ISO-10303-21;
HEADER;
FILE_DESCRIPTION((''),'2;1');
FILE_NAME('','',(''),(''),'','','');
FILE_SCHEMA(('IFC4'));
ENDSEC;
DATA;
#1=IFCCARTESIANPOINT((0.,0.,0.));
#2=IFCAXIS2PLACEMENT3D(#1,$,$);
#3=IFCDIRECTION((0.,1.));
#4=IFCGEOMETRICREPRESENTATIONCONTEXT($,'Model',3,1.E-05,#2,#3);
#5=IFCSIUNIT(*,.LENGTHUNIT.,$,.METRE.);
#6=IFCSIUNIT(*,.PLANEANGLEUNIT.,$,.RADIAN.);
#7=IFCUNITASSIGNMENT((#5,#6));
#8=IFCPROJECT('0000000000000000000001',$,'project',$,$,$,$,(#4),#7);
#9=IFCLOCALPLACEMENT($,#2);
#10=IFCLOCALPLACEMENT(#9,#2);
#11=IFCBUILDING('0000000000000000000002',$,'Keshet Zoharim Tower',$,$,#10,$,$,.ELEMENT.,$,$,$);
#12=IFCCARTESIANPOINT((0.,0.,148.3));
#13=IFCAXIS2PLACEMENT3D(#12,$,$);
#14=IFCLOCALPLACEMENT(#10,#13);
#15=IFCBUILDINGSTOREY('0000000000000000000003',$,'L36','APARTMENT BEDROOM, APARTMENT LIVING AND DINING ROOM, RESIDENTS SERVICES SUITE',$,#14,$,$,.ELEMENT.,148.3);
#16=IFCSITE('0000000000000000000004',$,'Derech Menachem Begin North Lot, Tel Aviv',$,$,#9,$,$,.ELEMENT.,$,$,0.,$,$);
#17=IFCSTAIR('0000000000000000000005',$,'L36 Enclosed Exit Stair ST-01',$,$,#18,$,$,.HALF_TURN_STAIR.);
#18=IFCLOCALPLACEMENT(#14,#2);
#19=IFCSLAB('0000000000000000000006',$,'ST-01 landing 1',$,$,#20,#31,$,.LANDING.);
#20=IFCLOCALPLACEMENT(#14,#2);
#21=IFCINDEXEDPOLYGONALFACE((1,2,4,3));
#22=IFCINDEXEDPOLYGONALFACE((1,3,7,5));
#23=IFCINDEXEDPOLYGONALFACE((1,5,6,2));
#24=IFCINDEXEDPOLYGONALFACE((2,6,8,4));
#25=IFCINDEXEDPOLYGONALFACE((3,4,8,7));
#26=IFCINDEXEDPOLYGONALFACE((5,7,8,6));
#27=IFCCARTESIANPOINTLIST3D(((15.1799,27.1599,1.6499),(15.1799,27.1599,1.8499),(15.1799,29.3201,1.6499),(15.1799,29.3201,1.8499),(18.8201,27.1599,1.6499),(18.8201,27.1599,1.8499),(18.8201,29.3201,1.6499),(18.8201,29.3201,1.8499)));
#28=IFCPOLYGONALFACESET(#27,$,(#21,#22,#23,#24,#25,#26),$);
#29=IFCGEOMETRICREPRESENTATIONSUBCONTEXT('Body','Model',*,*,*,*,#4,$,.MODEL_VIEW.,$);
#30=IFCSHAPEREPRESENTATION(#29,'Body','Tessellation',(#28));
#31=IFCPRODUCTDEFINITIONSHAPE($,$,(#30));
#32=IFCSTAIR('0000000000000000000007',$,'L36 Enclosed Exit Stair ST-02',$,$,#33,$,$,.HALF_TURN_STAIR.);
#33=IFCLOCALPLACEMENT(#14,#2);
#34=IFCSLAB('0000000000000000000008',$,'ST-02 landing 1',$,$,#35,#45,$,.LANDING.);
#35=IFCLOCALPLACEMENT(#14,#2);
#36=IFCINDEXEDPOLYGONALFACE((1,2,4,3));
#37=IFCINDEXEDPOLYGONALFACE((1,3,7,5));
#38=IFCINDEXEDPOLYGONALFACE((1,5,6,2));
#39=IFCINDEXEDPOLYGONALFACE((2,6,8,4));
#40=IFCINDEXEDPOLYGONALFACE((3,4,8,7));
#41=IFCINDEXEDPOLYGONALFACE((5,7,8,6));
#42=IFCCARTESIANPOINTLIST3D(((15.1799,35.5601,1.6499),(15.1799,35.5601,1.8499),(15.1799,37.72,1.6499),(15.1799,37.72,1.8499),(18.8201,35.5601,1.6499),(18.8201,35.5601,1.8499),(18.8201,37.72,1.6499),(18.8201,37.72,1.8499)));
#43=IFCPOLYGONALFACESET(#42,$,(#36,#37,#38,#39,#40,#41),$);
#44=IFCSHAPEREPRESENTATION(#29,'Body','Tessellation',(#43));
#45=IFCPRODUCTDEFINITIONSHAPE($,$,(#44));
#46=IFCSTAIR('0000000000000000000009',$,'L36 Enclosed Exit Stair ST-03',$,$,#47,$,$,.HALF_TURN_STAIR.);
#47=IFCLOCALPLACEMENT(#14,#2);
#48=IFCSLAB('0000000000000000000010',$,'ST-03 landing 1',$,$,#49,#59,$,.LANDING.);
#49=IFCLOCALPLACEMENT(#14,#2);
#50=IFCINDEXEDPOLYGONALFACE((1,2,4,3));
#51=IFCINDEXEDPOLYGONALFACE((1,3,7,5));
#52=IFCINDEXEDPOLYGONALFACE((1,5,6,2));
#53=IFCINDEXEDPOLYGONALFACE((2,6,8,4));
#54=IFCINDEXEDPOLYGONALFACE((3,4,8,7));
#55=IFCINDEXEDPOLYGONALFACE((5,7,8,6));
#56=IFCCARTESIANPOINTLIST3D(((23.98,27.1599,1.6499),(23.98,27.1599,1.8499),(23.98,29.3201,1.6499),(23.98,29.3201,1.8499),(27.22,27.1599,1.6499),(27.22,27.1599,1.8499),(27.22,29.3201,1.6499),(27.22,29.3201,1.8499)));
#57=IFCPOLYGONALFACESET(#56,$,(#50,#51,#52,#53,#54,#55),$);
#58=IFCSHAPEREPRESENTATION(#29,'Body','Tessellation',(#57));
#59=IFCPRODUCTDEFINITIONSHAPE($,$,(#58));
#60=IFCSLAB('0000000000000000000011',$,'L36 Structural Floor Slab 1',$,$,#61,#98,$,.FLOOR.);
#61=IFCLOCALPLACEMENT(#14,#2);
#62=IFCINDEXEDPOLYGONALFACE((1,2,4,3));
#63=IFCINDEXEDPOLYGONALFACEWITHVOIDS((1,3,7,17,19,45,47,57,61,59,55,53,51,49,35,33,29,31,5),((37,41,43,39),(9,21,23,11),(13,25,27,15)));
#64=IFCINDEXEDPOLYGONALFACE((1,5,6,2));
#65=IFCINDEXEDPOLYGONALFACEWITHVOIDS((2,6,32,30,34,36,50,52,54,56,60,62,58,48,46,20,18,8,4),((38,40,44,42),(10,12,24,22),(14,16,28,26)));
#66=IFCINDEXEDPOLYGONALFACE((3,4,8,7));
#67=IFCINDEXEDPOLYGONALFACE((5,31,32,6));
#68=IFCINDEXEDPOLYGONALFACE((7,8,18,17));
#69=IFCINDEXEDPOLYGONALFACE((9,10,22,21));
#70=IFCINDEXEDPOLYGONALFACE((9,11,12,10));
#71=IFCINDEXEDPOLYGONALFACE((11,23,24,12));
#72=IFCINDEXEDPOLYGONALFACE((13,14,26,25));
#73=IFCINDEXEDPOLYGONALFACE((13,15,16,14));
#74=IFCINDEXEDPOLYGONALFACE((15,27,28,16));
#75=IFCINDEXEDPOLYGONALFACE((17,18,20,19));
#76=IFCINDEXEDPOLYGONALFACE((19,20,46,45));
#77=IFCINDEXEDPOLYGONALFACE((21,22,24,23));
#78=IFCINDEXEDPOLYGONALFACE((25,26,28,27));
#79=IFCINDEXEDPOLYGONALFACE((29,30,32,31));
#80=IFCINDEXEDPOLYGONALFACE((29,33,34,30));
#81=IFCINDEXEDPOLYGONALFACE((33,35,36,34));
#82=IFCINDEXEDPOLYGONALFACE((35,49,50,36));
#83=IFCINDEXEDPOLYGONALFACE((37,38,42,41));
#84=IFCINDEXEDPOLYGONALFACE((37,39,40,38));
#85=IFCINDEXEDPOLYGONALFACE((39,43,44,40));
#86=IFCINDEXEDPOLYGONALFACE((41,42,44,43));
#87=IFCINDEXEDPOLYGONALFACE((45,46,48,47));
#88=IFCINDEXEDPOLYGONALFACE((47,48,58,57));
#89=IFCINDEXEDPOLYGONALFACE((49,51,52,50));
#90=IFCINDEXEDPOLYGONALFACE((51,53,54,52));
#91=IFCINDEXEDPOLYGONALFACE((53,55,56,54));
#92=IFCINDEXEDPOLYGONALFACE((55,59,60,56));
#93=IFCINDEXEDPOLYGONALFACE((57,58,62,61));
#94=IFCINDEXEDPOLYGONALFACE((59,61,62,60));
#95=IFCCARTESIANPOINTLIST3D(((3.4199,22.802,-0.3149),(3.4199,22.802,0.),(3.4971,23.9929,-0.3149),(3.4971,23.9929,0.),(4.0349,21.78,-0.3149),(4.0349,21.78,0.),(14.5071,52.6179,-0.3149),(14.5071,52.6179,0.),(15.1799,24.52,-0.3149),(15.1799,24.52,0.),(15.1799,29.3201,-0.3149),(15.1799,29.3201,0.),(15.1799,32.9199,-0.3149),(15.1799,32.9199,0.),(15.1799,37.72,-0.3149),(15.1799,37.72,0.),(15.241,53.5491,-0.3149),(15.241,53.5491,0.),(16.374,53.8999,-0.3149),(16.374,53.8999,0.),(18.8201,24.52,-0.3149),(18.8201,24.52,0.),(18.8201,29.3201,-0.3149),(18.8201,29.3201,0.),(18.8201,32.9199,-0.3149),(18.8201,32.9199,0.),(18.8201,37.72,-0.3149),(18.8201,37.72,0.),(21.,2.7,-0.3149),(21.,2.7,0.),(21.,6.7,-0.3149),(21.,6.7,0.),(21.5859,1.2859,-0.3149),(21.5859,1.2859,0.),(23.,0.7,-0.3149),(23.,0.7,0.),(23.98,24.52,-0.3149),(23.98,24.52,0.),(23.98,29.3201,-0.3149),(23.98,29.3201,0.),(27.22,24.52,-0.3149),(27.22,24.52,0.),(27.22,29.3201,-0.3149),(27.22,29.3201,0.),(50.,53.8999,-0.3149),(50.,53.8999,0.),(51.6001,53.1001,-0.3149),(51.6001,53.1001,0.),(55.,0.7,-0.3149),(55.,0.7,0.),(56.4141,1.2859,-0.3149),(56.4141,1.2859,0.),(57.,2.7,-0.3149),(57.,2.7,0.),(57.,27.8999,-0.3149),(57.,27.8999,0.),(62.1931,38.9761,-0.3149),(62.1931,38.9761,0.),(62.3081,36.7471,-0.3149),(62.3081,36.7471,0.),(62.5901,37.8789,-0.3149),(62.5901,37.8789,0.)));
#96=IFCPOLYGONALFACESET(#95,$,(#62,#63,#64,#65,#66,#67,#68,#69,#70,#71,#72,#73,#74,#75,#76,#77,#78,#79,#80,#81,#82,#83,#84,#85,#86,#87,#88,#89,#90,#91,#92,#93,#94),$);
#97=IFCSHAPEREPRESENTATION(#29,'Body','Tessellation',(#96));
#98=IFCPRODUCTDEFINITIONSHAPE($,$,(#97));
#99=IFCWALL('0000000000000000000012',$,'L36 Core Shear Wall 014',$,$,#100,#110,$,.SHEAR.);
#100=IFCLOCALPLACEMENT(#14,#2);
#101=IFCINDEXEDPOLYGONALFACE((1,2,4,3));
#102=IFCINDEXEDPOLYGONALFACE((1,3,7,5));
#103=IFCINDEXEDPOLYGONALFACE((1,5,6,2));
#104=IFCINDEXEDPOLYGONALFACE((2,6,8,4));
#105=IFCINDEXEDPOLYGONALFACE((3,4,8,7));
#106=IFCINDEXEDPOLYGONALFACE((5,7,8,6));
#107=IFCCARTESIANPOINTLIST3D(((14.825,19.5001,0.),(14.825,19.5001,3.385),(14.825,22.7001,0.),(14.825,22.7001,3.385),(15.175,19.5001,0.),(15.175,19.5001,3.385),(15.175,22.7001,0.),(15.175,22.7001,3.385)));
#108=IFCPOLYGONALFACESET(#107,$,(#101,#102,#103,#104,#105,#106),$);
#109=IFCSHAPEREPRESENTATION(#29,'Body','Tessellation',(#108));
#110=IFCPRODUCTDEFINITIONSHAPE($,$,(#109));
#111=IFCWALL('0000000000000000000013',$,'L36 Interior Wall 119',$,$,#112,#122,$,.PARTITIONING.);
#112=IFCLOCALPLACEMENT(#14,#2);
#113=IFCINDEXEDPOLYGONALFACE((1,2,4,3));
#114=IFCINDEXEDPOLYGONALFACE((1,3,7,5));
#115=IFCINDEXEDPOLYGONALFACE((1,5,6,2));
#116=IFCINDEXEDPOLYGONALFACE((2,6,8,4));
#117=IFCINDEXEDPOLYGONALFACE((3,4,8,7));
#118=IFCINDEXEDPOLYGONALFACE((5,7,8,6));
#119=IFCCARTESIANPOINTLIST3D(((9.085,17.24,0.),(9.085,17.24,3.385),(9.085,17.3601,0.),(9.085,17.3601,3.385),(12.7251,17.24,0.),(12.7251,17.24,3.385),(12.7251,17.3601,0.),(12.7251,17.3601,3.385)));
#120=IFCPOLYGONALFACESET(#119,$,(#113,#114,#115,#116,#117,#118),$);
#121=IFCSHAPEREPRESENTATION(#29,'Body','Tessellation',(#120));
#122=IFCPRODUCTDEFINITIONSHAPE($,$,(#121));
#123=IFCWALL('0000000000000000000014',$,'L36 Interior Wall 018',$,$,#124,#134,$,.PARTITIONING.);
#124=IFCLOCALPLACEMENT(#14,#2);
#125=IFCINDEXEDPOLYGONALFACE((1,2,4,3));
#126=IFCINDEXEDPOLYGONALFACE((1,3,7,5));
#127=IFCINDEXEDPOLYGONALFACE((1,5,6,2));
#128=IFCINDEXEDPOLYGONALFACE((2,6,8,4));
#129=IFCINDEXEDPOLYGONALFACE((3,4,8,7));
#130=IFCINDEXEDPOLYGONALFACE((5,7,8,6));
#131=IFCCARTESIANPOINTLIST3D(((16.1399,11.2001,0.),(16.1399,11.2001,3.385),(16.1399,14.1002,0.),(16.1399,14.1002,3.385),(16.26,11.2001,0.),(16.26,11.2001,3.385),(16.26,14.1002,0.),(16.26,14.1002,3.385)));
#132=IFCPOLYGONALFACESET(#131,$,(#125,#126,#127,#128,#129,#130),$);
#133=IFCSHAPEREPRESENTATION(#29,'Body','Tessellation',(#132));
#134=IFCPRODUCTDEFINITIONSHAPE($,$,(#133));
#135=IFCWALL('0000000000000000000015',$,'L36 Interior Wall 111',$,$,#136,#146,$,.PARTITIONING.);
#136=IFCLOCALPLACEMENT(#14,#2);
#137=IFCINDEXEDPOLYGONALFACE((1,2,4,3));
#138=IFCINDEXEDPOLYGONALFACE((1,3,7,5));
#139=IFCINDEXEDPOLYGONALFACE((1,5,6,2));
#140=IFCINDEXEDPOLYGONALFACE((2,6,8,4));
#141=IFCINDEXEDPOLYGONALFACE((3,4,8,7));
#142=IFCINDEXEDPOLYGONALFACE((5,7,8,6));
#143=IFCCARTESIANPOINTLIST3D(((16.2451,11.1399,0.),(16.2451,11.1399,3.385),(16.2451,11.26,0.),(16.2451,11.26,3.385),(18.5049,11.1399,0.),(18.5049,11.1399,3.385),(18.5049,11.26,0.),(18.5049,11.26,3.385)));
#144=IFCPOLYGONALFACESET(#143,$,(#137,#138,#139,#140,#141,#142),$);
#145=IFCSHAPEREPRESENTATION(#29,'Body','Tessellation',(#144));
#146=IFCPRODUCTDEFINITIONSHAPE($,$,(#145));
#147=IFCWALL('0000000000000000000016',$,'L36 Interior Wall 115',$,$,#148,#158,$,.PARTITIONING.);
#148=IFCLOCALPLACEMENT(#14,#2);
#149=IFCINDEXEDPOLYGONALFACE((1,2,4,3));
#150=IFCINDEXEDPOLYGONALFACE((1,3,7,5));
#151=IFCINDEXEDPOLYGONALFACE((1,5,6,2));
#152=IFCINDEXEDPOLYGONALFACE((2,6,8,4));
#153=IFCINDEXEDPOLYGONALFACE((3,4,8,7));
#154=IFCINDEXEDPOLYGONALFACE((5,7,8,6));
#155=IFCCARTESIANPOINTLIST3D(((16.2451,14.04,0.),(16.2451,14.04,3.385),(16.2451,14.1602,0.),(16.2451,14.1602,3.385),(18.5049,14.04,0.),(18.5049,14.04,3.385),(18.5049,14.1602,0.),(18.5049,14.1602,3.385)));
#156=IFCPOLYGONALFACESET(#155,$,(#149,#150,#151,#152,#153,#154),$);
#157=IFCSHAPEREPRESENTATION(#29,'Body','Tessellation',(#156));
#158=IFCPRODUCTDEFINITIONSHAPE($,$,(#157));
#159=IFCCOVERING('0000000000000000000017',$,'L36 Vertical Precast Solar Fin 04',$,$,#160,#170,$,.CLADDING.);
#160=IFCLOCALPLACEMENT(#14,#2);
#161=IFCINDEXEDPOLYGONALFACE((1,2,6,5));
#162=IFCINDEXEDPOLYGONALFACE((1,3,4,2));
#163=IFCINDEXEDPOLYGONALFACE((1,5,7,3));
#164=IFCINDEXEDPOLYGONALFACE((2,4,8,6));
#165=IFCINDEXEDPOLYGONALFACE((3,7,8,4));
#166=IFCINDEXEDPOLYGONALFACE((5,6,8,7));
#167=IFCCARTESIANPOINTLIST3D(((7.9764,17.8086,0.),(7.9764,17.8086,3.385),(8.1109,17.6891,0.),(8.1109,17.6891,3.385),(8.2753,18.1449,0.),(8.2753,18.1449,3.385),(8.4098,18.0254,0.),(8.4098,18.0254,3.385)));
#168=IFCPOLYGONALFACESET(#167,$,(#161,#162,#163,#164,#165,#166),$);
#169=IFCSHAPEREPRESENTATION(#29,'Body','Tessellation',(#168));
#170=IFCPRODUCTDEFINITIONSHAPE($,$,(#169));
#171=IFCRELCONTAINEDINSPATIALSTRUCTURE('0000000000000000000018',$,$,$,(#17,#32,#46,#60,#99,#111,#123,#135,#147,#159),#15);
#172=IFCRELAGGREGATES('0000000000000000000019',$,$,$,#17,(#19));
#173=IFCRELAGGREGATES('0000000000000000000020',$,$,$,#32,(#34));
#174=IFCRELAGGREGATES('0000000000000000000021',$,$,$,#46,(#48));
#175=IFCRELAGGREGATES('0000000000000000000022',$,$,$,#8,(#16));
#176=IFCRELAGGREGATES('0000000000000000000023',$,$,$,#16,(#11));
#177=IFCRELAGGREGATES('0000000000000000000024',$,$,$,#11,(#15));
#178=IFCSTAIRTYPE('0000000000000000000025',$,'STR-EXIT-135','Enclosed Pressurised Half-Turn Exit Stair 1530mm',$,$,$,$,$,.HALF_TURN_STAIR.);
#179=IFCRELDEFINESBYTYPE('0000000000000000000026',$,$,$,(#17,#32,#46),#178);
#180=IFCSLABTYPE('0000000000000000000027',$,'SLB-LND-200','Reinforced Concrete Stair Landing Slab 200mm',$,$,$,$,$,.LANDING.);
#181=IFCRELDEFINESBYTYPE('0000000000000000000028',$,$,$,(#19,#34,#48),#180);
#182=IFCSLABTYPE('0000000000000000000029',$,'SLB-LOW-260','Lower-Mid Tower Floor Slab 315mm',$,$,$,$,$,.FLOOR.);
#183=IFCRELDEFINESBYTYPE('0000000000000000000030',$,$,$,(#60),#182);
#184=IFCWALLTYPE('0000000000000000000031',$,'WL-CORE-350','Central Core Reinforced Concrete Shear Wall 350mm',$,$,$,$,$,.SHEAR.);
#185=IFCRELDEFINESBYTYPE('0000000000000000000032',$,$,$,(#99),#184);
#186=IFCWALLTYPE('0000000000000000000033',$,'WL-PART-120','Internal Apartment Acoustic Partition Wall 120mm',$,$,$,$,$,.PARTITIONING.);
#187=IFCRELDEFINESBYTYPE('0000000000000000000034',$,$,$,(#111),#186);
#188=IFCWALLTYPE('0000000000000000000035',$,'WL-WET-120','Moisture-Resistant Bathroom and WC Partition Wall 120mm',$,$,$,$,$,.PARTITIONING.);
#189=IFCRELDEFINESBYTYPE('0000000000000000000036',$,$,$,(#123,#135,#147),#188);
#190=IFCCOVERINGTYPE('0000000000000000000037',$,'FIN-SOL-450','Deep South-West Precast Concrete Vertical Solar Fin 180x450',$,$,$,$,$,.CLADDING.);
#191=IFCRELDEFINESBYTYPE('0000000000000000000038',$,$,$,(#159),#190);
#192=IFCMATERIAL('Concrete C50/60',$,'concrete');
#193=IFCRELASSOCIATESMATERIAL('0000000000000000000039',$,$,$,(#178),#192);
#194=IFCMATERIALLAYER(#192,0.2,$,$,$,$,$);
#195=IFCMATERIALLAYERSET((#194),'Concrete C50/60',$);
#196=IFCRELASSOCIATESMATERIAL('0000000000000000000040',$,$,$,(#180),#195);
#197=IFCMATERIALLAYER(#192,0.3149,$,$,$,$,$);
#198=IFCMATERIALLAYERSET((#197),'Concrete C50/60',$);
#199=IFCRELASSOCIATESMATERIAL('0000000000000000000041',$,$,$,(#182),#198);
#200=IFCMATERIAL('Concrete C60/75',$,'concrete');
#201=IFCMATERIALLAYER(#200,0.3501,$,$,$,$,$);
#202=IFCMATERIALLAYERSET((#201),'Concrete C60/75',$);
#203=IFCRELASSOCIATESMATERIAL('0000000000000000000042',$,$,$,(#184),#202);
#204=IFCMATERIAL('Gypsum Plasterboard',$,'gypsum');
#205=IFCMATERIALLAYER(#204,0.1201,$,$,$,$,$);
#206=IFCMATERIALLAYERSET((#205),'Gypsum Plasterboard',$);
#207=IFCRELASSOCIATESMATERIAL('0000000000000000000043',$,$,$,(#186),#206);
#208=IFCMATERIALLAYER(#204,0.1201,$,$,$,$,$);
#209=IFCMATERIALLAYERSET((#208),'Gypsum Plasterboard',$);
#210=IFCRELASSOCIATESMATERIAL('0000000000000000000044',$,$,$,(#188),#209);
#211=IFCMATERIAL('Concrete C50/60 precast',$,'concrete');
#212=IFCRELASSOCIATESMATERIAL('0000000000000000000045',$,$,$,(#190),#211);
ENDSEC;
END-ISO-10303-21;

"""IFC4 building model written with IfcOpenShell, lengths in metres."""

from ifc_helpers import new_model, si_unit, direction, frame, frame_2d, origin, origin_2d, place, context, subcontext, project, spatial, polyline, rectangle, outline, extrude, material, layer, layer_set, type_object, element, aggregate, save


model = new_model("IFC4")

# Units and contexts
model_context = context("Model", 3, precision=1e-05, world=origin(), true_north=direction((0.0, 1.0)))
body_context = subcontext(model_context, "Body", "Model", "MODEL_VIEW")
ifc_project = project(units=[si_unit("LENGTHUNIT", "METRE"), si_unit("PLANEANGLEUNIT", "RADIAN")], contexts=[model_context])

# Site, building, storey
site_placement = place(None, origin())
site = spatial("IfcSite", under=ifc_project, at=site_placement, Name="Derech Menachem Begin North Lot, Tel Aviv", CompositionType="ELEMENT", RefElevation=0.0)
building_placement = place(site_placement, origin())
building = spatial("IfcBuilding", under=site, at=building_placement, Name="Keshet Zoharim Tower", CompositionType="ELEMENT")
storey_placement = place(building_placement, frame((0.0, 0.0, 148.3)))
storey = spatial("IfcBuildingStorey", under=building, at=storey_placement, Name="L36", Description="APARTMENT BEDROOM, APARTMENT LIVING AND DINING ROOM, RESIDENTS SERVICES SUITE", CompositionType="ELEMENT", Elevation=148.3)

# Shared definitions
ifc_material_1 = material(Name="Concrete C60/75", Category="concrete")

# Stairs, slabs
ifc_material_2 = material(Name="Concrete C50/60", Category="concrete")
stair_type = type_object("IfcStairType", Name="STR-EXIT-135", Description="Enclosed Pressurised Half-Turn Exit Stair 1530mm", PredefinedType="HALF_TURN_STAIR", material=ifc_material_2)
stair_1_placement = place(storey_placement, origin())
stair_1 = element("IfcStair", 1, at=stair_1_placement, inside=storey, type_object=stair_type, Name="L36 Enclosed Exit Stair ST-01", PredefinedType="HALF_TURN_STAIR")
ifc_layer_1 = layer(ifc_material_2, 0.2)
ifc_layer_set_1 = layer_set([ifc_layer_1], Name="Concrete C50/60")
slab_type_1 = type_object("IfcSlabType", Name="SLB-LND-200", Description="Reinforced Concrete Stair Landing Slab 200mm", PredefinedType="LANDING", material=ifc_layer_set_1)
slab_1_placement = place(storey_placement, frame((0.0, 0.0, 1.6499)))
slab_1 = element("IfcSlab", 2, at=slab_1_placement, type_object=slab_type_1, Name="ST-01 landing 1", PredefinedType="LANDING", context=body_context, shape_type="SweptSolid", body=[
    extrude(outline(polyline([(15.1799, 27.1599), (18.8201, 27.1599), (18.8201, 29.3201), (15.1799, 29.3201), (15.1799, 27.1599)])), origin(), (0.0, 0.0, 1.0), 0.2),
])
aggregate(stair_1, [slab_1])
stair_2_placement = place(storey_placement, origin())
stair_2 = element("IfcStair", 3, at=stair_2_placement, inside=storey, type_object=stair_type, Name="L36 Enclosed Exit Stair ST-02", PredefinedType="HALF_TURN_STAIR")
slab_2_placement = place(storey_placement, frame((0.0, 0.0, 1.6499)))
slab_2 = element("IfcSlab", 4, at=slab_2_placement, type_object=slab_type_1, Name="ST-02 landing 1", PredefinedType="LANDING", context=body_context, shape_type="SweptSolid", body=[
    extrude(outline(polyline([(15.1799, 35.5601), (18.8201, 35.5601), (18.8201, 37.72), (15.1799, 37.72), (15.1799, 35.5601)])), origin(), (0.0, 0.0, 1.0), 0.2),
])
aggregate(stair_2, [slab_2])
stair_3_placement = place(storey_placement, origin())
stair_3 = element("IfcStair", 5, at=stair_3_placement, inside=storey, type_object=stair_type, Name="L36 Enclosed Exit Stair ST-03", PredefinedType="HALF_TURN_STAIR")
slab_3_placement = place(storey_placement, frame((0.0, 0.0, 1.6499)))
slab_3 = element("IfcSlab", 6, at=slab_3_placement, type_object=slab_type_1, Name="ST-03 landing 1", PredefinedType="LANDING", context=body_context, shape_type="SweptSolid", body=[
    extrude(outline(polyline([(23.98, 27.1599), (27.22, 27.1599), (27.22, 29.3201), (23.98, 29.3201), (23.98, 27.1599)])), origin(), (0.0, 0.0, 1.0), 0.2),
])
aggregate(stair_3, [slab_3])

# Slab
ifc_layer_2 = layer(ifc_material_2, 0.3149)
ifc_layer_set_2 = layer_set([ifc_layer_2], Name="Concrete C50/60")
slab_type_2 = type_object("IfcSlabType", Name="SLB-LOW-260", Description="Lower-Mid Tower Floor Slab 315mm", PredefinedType="FLOOR", material=ifc_layer_set_2)
slab_4_placement = place(storey_placement, frame((0.0, 0.0, -0.3149)))
element("IfcSlab", 7, at=slab_4_placement, inside=storey, type_object=slab_type_2, Name="L36 Structural Floor Slab 1", PredefinedType="FLOOR", context=body_context, shape_type="SweptSolid", body=[
    extrude(outline(polyline([(57.0, 2.7), (56.4141, 1.2859), (55.0, 0.7), (23.0, 0.7), (21.5859, 1.2859), (21.0, 2.7), (21.0, 6.7), (4.0349, 21.78), (3.4199, 22.802), (3.4971, 23.9929), (14.5071, 52.6179), (15.241, 53.5491), (16.374, 53.8999), (50.0, 53.8999), (51.6001, 53.1001), (62.1931, 38.9761), (62.5901, 37.8789), (62.3081, 36.7471), (57.0, 27.8999), (57.0, 2.7)]), holes=[polyline([(15.1799, 24.52), (18.8201, 24.52), (18.8201, 29.3201), (15.1799, 29.3201), (15.1799, 24.52)]), polyline([(15.1799, 32.9199), (18.8201, 32.9199), (18.8201, 37.72), (15.1799, 37.72), (15.1799, 32.9199)]), polyline([(23.98, 24.52), (27.22, 24.52), (27.22, 29.3201), (23.98, 29.3201), (23.98, 24.52)])]), origin(), (0.0, 0.0, 1.0), 0.3149),
])

# Wall
ifc_layer_3 = layer(ifc_material_1, 0.3501)
ifc_layer_set_3 = layer_set([ifc_layer_3], Name="Concrete C60/75")
wall_type_1 = type_object("IfcWallType", Name="WL-CORE-350", Description="Central Core Reinforced Concrete Shear Wall 350mm", PredefinedType="SHEAR", material=ifc_layer_set_3)
wall_1_placement = place(storey_placement, frame((15.0, 19.5, 0.0), z_axis=(0.0, 0.0, 1.0), x_axis=(0.0, 1.0, 0.0)))
element("IfcWall", 8, at=wall_1_placement, inside=storey, type_object=wall_type_1, Name="L36 Core Shear Wall 014", PredefinedType="SHEAR", context=body_context, shape_type="SweptSolid", body=[
    extrude(rectangle(XDim=3.2, YDim=0.3501, at=frame_2d((1.6001, 0.0))), origin(), (0.0, 0.0, 1.0), 3.385),
])

# Shared definitions
ifc_material_3 = material(Name="Gypsum Plasterboard", Category="gypsum")
ifc_layer_4 = layer(ifc_material_3, 0.1201)
ifc_layer_set_4 = layer_set([ifc_layer_4], Name="Gypsum Plasterboard")
wall_type_2 = type_object("IfcWallType", Name="WL-PART-120", Description="Internal Apartment Acoustic Partition Wall 120mm", PredefinedType="PARTITIONING", material=ifc_layer_set_4)

# Walls
wall_2_placement = place(storey_placement, frame((9.085, 17.3, 0.0), z_axis=(0.0, 0.0, 1.0), x_axis=(1.0, 0.0, 0.0)))
element("IfcWall", 9, at=wall_2_placement, inside=storey, type_object=wall_type_2, Name="L36 Interior Wall 119", PredefinedType="PARTITIONING", context=body_context, shape_type="SweptSolid", body=[
    extrude(rectangle(XDim=3.6401, YDim=0.1201, at=frame_2d((1.8201, 0.0))), origin(), (0.0, 0.0, 1.0), 3.385),
])
ifc_layer_5 = layer(ifc_material_3, 0.1201)
ifc_layer_set_5 = layer_set([ifc_layer_5], Name="Gypsum Plasterboard")
wall_type_3 = type_object("IfcWallType", Name="WL-WET-120", Description="Moisture-Resistant Bathroom and WC Partition Wall 120mm", PredefinedType="PARTITIONING", material=ifc_layer_set_5)
wall_3_placement = place(storey_placement, frame((16.2, 11.2, 0.0), z_axis=(0.0, 0.0, 1.0), x_axis=(0.0, 1.0, 0.0)))
element("IfcWall", 10, at=wall_3_placement, inside=storey, type_object=wall_type_3, Name="L36 Interior Wall 018", PredefinedType="PARTITIONING", context=body_context, shape_type="SweptSolid", body=[
    extrude(rectangle(XDim=2.9001, YDim=0.1201, at=frame_2d((1.4502, 0.0))), origin(), (0.0, 0.0, 1.0), 3.385),
])
for number, where, z_axis, x_axis, name in (
    (11, (16.2451, 11.2, 0.0), (0.0, 0.0, 1.0), (1.0, 0.0, 0.0), "L36 Interior Wall 111"),
    (12, (16.2451, 14.1001, 0.0), (0.0, 0.0, 1.0), (1.0, 0.0, 0.0), "L36 Interior Wall 115"),
):
    element("IfcWall", number, at=place(storey_placement, frame(where, z_axis=z_axis, x_axis=x_axis)), inside=storey, type_object=wall_type_3, Name=name, PredefinedType="PARTITIONING", context=body_context, shape_type="SweptSolid", body=[
        extrude(rectangle(XDim=2.2598, YDim=0.1201, at=frame_2d((1.1299, 0.0))), origin(), (0.0, 0.0, 1.0), 3.385),
    ])

# Covering
ifc_material_4 = material(Name="Concrete C50/60 precast", Category="concrete")
covering_type = type_object("IfcCoveringType", Name="FIN-SOL-450", Description="Deep South-West Precast Concrete Vertical Solar Fin 180x450", PredefinedType="CLADDING", material=ifc_material_4)
covering_placement = place(storey_placement, frame((8.1931, 17.917, 0.0), z_axis=(0.0, 0.0, 1.0), x_axis=(-0.747409, 0.664364, 0.0)))
element("IfcCovering", 13, at=covering_placement, inside=storey, type_object=covering_type, Name="L36 Vertical Precast Solar Fin 04", PredefinedType="CLADDING", context=body_context, shape_type="SweptSolid", body=[
    extrude(rectangle(XDim=0.1799, YDim=0.45, at=origin_2d()), origin(), (0.0, 0.0, 1.0), 3.385),
])

save(model, "model.ifc")
